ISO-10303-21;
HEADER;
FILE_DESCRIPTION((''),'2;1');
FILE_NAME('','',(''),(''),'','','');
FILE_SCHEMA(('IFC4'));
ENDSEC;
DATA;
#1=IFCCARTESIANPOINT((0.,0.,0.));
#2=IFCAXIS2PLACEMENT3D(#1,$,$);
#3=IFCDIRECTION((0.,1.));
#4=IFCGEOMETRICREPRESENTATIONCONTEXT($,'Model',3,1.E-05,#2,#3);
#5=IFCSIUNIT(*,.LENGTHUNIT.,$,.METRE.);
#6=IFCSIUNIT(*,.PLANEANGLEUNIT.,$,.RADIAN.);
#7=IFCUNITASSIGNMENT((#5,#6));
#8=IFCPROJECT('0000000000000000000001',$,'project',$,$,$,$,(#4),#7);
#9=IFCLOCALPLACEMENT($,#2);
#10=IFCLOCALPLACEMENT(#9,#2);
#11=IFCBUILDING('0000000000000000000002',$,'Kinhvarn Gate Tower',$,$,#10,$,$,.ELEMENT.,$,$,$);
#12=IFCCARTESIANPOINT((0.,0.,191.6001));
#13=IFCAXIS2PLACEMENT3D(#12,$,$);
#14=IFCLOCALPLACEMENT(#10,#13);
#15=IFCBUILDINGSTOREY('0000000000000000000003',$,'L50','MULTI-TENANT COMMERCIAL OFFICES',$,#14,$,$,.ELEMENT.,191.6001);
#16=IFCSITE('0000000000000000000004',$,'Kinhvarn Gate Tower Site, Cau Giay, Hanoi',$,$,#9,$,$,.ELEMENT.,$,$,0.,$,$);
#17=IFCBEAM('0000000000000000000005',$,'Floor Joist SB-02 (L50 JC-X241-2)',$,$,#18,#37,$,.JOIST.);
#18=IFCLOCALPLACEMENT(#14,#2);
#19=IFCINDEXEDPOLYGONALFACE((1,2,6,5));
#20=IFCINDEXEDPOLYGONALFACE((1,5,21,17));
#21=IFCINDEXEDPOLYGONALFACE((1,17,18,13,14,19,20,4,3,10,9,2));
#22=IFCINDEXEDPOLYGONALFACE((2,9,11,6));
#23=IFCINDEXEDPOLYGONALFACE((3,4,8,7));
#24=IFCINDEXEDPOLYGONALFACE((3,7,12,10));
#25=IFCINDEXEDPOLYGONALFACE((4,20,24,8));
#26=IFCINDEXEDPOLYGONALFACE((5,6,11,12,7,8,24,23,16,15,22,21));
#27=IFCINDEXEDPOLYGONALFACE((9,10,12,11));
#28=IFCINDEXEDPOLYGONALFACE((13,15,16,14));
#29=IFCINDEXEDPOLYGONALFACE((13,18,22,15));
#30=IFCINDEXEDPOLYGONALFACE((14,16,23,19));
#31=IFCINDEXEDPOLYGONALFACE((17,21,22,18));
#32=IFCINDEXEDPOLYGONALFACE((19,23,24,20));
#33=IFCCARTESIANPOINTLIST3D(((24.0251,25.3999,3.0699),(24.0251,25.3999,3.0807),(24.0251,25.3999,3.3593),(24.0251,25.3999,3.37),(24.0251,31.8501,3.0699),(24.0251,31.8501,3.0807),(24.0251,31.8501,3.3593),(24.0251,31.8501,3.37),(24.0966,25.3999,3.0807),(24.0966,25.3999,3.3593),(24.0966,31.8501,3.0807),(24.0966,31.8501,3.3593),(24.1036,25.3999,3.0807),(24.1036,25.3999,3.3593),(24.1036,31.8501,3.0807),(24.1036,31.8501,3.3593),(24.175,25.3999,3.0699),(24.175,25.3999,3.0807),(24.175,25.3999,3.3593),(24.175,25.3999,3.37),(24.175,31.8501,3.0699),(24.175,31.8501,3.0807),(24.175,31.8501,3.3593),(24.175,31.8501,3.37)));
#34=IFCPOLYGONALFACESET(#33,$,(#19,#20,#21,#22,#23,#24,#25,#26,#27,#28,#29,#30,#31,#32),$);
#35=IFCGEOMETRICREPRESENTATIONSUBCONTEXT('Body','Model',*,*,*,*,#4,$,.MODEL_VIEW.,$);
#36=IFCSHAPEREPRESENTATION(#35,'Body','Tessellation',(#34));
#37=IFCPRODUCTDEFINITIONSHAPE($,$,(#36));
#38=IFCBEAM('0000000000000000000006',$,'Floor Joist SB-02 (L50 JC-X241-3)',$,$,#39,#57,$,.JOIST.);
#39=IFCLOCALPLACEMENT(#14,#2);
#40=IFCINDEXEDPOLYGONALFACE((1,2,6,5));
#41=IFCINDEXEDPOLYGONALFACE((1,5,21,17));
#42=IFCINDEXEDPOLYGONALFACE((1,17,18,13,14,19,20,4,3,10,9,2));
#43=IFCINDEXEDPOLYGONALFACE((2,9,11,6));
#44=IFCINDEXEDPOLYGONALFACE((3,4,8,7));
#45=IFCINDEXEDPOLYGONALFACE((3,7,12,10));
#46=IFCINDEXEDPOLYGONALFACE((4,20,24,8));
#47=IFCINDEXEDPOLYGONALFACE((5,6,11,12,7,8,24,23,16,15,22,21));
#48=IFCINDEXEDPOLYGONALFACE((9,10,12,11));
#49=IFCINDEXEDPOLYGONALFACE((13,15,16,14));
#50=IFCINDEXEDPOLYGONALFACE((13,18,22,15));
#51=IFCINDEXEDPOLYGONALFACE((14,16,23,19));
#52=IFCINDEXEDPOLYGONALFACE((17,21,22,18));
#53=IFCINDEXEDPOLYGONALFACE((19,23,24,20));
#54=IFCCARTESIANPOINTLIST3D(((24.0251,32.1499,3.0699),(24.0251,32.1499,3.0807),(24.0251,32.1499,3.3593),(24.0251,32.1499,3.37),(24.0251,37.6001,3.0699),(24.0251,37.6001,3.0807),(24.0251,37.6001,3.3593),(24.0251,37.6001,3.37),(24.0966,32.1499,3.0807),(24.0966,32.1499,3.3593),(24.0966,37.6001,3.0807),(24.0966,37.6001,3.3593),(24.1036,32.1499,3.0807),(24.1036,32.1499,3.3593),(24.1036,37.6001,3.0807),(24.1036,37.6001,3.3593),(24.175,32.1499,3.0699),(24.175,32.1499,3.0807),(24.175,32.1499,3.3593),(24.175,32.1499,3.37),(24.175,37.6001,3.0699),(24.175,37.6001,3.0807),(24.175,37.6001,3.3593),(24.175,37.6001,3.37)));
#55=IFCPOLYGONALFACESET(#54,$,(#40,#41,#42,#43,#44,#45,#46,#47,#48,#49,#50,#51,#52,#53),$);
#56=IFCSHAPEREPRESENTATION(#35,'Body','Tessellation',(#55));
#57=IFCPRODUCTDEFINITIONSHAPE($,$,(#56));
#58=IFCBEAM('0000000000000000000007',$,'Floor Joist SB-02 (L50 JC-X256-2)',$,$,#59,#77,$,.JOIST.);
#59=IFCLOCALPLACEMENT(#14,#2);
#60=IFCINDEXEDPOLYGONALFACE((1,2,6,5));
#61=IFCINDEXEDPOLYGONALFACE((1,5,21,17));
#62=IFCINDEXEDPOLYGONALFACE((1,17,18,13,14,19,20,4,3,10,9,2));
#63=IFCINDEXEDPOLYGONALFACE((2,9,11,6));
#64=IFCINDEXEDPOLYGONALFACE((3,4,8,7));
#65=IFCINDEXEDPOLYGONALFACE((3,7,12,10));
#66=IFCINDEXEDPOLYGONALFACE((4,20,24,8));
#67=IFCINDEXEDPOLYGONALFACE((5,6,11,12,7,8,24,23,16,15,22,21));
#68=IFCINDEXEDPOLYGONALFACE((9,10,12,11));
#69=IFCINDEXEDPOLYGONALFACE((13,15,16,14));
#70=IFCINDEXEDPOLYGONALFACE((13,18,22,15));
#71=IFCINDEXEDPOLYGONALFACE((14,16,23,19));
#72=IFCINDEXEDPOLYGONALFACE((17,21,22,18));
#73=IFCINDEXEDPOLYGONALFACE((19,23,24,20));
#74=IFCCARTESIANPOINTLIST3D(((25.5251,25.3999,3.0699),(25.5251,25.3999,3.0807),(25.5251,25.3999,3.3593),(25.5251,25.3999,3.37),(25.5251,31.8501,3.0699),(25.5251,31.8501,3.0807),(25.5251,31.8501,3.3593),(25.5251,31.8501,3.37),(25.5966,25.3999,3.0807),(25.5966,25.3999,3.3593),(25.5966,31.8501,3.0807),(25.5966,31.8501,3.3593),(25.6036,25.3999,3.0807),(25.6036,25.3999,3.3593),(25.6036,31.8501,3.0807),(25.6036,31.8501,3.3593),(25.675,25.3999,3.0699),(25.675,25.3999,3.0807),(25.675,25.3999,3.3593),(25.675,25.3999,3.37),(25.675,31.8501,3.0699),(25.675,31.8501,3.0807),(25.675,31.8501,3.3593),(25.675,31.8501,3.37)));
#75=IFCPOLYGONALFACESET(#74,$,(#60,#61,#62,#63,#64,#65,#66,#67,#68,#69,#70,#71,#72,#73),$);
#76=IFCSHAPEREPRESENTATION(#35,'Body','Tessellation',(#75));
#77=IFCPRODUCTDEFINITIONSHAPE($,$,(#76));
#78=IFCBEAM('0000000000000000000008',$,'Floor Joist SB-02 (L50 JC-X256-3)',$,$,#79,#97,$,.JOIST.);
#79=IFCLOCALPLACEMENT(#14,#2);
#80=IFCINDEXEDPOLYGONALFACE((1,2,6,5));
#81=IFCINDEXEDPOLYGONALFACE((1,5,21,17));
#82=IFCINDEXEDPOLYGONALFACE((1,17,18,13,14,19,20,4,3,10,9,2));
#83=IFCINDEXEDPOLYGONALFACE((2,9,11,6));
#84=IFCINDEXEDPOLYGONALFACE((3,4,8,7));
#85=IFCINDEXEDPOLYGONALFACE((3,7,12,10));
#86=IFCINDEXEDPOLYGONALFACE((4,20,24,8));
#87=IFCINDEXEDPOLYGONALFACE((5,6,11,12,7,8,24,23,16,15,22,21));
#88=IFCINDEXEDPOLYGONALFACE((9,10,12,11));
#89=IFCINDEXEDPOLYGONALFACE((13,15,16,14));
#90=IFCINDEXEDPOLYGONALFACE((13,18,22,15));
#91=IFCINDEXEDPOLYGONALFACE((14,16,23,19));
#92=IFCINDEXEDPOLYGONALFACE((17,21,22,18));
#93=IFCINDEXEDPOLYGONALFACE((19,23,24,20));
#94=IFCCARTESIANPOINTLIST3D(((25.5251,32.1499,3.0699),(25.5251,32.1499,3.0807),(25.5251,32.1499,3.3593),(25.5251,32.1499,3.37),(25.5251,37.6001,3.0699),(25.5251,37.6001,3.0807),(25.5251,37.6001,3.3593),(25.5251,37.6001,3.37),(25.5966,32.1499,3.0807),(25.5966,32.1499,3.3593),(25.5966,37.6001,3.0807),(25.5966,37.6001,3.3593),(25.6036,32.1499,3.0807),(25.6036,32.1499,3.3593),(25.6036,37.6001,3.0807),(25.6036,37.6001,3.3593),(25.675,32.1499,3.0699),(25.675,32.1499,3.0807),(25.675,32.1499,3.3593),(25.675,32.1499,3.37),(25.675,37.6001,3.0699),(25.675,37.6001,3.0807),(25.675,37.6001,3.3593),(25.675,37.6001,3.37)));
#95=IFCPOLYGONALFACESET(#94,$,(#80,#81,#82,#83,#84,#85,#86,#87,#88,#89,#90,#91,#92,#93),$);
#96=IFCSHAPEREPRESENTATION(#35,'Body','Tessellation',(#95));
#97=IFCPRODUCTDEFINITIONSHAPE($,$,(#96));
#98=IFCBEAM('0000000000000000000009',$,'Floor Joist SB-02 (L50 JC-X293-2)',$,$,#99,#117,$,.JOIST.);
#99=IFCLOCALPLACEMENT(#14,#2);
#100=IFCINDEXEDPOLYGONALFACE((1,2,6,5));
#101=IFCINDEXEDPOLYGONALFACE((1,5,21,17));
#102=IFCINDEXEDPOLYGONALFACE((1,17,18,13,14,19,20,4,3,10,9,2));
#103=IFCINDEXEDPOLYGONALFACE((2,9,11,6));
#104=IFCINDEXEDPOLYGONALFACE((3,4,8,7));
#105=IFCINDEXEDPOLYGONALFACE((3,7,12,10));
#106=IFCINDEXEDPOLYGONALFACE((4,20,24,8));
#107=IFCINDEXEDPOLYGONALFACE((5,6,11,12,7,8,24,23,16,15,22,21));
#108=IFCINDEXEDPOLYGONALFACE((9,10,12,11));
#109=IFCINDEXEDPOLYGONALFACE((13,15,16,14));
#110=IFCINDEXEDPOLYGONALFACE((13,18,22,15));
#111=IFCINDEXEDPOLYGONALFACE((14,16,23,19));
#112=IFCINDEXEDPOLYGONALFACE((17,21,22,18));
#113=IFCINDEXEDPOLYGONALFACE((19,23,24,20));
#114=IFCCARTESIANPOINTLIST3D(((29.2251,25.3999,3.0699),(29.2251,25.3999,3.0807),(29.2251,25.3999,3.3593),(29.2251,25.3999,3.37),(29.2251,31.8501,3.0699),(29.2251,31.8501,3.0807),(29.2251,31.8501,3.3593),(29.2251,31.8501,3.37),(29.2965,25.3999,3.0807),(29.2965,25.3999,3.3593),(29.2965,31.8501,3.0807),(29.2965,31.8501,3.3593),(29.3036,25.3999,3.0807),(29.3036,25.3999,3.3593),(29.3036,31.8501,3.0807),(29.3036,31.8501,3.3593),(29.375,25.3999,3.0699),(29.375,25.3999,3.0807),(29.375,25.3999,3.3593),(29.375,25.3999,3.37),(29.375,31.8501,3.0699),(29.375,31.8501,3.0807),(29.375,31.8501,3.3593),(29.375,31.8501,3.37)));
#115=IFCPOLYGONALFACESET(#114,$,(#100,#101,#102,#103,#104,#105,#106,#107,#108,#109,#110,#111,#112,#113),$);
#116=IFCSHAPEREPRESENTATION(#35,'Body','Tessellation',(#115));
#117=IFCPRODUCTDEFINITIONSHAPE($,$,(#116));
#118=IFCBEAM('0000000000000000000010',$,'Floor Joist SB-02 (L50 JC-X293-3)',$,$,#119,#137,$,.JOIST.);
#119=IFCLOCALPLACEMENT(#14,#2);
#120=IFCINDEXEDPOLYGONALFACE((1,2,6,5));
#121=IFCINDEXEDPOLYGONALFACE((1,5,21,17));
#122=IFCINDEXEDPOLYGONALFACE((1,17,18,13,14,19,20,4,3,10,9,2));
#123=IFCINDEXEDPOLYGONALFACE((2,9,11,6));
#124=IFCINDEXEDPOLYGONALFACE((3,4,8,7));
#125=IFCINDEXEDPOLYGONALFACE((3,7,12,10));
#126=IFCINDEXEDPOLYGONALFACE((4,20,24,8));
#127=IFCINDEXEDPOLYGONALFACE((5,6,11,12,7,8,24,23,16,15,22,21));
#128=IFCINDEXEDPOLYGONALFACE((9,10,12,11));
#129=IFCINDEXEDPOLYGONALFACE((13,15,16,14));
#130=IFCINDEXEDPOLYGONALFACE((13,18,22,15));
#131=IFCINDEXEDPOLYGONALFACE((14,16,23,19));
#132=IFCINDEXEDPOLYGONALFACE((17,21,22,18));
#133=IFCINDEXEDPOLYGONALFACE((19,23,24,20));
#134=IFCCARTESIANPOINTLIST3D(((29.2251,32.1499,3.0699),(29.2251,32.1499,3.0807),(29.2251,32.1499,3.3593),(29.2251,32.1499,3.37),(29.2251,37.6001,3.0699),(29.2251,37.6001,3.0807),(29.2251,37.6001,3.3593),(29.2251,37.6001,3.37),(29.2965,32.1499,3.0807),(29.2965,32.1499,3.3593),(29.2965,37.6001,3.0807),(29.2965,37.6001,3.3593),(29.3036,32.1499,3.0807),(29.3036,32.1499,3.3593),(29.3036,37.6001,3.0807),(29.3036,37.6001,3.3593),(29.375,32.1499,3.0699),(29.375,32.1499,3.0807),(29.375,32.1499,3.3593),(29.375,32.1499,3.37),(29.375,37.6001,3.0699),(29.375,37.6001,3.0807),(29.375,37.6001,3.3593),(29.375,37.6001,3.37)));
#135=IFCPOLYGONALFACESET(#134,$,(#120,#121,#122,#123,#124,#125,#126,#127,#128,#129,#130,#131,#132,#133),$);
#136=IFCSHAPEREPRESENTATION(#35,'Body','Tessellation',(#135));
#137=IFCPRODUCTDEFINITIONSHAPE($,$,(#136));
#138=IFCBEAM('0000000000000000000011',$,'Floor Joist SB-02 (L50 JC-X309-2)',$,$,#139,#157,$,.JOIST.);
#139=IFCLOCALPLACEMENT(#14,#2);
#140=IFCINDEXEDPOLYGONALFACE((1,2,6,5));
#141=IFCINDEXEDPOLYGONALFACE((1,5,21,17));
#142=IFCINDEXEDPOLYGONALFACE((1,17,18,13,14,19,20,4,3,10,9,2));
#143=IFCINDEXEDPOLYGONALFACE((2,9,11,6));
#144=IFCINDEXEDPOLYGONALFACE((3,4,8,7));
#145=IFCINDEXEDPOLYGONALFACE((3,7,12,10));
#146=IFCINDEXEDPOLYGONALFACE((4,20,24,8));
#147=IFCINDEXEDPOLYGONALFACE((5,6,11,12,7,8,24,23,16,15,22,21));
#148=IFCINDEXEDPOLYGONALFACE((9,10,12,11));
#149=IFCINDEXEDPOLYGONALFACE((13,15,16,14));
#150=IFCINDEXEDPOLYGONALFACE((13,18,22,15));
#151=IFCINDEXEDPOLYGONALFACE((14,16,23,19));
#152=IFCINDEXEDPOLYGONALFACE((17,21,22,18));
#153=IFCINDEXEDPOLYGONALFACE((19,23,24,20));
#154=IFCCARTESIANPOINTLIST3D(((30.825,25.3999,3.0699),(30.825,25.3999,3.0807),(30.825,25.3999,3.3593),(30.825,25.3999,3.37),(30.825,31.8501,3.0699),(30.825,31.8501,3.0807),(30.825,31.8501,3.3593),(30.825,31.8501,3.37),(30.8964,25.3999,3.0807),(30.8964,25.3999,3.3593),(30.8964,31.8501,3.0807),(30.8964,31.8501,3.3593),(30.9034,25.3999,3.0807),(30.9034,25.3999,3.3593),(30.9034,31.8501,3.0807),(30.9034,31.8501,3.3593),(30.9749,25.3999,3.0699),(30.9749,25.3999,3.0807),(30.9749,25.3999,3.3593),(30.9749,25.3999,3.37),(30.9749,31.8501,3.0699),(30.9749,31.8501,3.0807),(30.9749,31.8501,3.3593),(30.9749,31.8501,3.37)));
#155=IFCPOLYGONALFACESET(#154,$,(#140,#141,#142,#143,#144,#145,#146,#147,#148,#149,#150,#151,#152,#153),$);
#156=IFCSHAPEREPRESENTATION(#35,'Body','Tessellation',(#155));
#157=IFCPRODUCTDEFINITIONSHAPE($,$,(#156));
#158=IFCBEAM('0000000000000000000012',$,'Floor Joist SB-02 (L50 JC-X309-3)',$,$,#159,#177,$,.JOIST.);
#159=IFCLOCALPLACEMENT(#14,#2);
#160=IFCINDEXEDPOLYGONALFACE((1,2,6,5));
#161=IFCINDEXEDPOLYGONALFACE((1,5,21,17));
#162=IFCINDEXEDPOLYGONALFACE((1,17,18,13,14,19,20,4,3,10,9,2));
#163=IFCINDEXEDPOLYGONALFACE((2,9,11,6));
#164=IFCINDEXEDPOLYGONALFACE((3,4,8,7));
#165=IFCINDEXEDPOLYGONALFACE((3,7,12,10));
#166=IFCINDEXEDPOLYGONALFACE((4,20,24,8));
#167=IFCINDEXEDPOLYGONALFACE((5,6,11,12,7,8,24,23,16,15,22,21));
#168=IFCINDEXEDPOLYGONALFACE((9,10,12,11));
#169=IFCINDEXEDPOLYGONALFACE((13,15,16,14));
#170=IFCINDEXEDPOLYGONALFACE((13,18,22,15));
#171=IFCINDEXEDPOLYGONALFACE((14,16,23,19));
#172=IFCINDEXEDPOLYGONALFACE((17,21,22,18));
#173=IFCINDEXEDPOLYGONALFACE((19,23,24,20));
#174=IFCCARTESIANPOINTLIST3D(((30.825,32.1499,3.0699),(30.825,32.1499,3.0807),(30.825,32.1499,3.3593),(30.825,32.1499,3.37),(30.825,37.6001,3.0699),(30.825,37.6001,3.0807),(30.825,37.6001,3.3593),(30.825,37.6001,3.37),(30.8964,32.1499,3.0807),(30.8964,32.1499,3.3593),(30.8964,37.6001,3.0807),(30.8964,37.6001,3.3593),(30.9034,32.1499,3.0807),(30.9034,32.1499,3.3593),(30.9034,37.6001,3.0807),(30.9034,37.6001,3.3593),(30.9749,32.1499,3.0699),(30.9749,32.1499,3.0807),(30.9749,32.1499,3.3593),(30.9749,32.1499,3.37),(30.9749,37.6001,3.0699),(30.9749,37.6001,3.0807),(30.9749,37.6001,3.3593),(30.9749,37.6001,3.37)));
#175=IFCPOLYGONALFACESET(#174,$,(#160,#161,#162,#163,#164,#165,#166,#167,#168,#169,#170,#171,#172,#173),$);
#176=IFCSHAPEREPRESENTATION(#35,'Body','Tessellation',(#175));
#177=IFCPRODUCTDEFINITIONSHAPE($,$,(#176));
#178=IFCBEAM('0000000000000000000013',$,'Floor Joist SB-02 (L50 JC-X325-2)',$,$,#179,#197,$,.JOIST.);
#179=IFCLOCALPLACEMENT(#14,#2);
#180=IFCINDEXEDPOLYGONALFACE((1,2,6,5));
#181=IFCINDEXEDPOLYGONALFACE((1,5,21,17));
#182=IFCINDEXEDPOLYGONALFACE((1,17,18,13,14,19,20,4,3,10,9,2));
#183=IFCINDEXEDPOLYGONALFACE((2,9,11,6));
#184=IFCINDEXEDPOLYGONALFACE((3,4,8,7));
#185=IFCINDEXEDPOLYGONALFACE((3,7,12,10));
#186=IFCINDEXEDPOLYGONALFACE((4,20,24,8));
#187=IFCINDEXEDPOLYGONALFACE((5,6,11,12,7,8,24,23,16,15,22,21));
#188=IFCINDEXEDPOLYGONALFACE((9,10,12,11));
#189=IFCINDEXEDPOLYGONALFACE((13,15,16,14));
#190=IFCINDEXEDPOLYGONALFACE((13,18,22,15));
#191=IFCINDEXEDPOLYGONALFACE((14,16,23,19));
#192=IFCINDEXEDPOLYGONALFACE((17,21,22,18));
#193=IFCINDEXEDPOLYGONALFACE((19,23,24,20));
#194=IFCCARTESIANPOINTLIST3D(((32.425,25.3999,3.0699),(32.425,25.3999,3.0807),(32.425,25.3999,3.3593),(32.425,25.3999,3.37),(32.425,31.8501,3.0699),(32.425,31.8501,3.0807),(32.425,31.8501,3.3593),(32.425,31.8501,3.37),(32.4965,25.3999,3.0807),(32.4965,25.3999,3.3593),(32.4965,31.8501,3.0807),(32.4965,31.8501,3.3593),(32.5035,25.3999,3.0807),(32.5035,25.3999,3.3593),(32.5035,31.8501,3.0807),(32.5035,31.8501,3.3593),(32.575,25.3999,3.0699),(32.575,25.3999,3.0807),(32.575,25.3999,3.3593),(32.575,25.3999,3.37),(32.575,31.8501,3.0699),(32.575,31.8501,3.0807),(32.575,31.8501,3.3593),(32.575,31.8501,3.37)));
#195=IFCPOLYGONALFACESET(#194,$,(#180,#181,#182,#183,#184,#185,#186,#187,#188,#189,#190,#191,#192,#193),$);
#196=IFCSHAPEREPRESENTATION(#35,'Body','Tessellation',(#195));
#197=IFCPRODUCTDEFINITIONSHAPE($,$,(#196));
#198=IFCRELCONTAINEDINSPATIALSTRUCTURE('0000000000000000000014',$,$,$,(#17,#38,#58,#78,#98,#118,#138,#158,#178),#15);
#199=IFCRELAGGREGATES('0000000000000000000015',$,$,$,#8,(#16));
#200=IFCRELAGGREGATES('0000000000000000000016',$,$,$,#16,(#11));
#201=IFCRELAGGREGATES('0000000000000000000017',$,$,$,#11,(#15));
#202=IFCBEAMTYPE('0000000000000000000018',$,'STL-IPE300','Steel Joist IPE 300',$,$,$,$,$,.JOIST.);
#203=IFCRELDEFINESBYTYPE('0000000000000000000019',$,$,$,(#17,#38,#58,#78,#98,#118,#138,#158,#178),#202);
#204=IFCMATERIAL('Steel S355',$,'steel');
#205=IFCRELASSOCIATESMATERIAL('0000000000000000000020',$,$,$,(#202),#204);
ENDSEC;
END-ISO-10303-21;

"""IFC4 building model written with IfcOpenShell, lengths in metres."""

from ifc_helpers import new_model, si_unit, direction, frame, origin, origin_2d, place, context, subcontext, project, spatial, i_section, extrude, material, material_profile, profile_set, type_object, element, save


model = new_model("IFC4")

# Units and contexts
model_context = context("Model", 3, precision=1e-05, world=origin(), true_north=direction((0.0, 1.0)))
body_context = subcontext(model_context, "Body", "Model", "MODEL_VIEW")
ifc_project = project(units=[si_unit("LENGTHUNIT", "METRE"), si_unit("PLANEANGLEUNIT", "RADIAN")], contexts=[model_context])

# Site, building, storey
site_placement = place(None, origin())
site = spatial("IfcSite", under=ifc_project, at=site_placement, Name="Kinhvarn Gate Tower Site, Cau Giay, Hanoi", CompositionType="ELEMENT", RefElevation=0.0)
building_placement = place(site_placement, origin())
building = spatial("IfcBuilding", under=site, at=building_placement, Name="Kinhvarn Gate Tower", CompositionType="ELEMENT")
storey_placement = place(building_placement, frame((0.0, 0.0, 191.6001)))
storey = spatial("IfcBuildingStorey", under=building, at=storey_placement, Name="L50", Description="MULTI-TENANT COMMERCIAL OFFICES", CompositionType="ELEMENT", Elevation=191.6001)

# Beams
ifc_material_1 = material(Name="Steel S355", Category="steel")
ifc_material_profile = material_profile(ifc_material_1, i_section(OverallWidth=0.1499, OverallDepth=0.3, WebThickness=0.0071, FlangeThickness=0.0107, at=origin_2d()), Name="IPE 300")
ifc_profile_set = profile_set([ifc_material_profile], Name="Steel S355")
beam_type = type_object("IfcBeamType", Name="STL-IPE300", Description="Steel Joist IPE 300", PredefinedType="JOIST", material=ifc_profile_set)
beam_1_placement = place(storey_placement, frame((24.1001, 25.3999, 3.22), z_axis=(0.0, 1.0, 0.0), x_axis=(-1.0, 0.0, 0.0)))
element("IfcBeam", 1, at=beam_1_placement, inside=storey, type_object=beam_type, Name="Floor Joist SB-02 (L50 JC-X241-2)", PredefinedType="JOIST", context=body_context, shape_type="SweptSolid", body=[
    extrude(i_section(OverallWidth=0.1499, OverallDepth=0.3, WebThickness=0.0071, FlangeThickness=0.0107, at=origin_2d()), origin(), (0.0, 0.0, 1.0), 6.4502),
])
beam_2_placement = place(storey_placement, frame((24.1001, 32.1499, 3.22), z_axis=(0.0, 1.0, 0.0), x_axis=(-1.0, 0.0, 0.0)))
element("IfcBeam", 2, at=beam_2_placement, inside=storey, type_object=beam_type, Name="Floor Joist SB-02 (L50 JC-X241-3)", PredefinedType="JOIST", context=body_context, shape_type="SweptSolid", body=[
    extrude(i_section(OverallWidth=0.1499, OverallDepth=0.3, WebThickness=0.0071, FlangeThickness=0.0107, at=origin_2d()), origin(), (0.0, 0.0, 1.0), 5.4502),
])
beam_3_placement = place(storey_placement, frame((25.6001, 25.3999, 3.22), z_axis=(0.0, 1.0, 0.0), x_axis=(-1.0, 0.0, 0.0)))
element("IfcBeam", 3, at=beam_3_placement, inside=storey, type_object=beam_type, Name="Floor Joist SB-02 (L50 JC-X256-2)", PredefinedType="JOIST", context=body_context, shape_type="SweptSolid", body=[
    extrude(i_section(OverallWidth=0.1499, OverallDepth=0.3, WebThickness=0.0071, FlangeThickness=0.0107, at=origin_2d()), origin(), (0.0, 0.0, 1.0), 6.4502),
])
beam_4_placement = place(storey_placement, frame((25.6001, 32.1499, 3.22), z_axis=(0.0, 1.0, 0.0), x_axis=(-1.0, 0.0, 0.0)))
element("IfcBeam", 4, at=beam_4_placement, inside=storey, type_object=beam_type, Name="Floor Joist SB-02 (L50 JC-X256-3)", PredefinedType="JOIST", context=body_context, shape_type="SweptSolid", body=[
    extrude(i_section(OverallWidth=0.1499, OverallDepth=0.3, WebThickness=0.0071, FlangeThickness=0.0107, at=origin_2d()), origin(), (0.0, 0.0, 1.0), 5.4502),
])
beam_5_placement = place(storey_placement, frame((29.3, 25.3999, 3.22), z_axis=(0.0, 1.0, 0.0), x_axis=(-1.0, 0.0, 0.0)))
element("IfcBeam", 5, at=beam_5_placement, inside=storey, type_object=beam_type, Name="Floor Joist SB-02 (L50 JC-X293-2)", PredefinedType="JOIST", context=body_context, shape_type="SweptSolid", body=[
    extrude(i_section(OverallWidth=0.1499, OverallDepth=0.3, WebThickness=0.0071, FlangeThickness=0.0107, at=origin_2d()), origin(), (0.0, 0.0, 1.0), 6.4502),
])
beam_6_placement = place(storey_placement, frame((29.3, 32.1499, 3.22), z_axis=(0.0, 1.0, 0.0), x_axis=(-1.0, 0.0, 0.0)))
element("IfcBeam", 6, at=beam_6_placement, inside=storey, type_object=beam_type, Name="Floor Joist SB-02 (L50 JC-X293-3)", PredefinedType="JOIST", context=body_context, shape_type="SweptSolid", body=[
    extrude(i_section(OverallWidth=0.1499, OverallDepth=0.3, WebThickness=0.0071, FlangeThickness=0.0107, at=origin_2d()), origin(), (0.0, 0.0, 1.0), 5.4502),
])
beam_7_placement = place(storey_placement, frame((30.8999, 25.3999, 3.22), z_axis=(0.0, 1.0, 0.0), x_axis=(-1.0, 0.0, 0.0)))
element("IfcBeam", 7, at=beam_7_placement, inside=storey, type_object=beam_type, Name="Floor Joist SB-02 (L50 JC-X309-2)", PredefinedType="JOIST", context=body_context, shape_type="SweptSolid", body=[
    extrude(i_section(OverallWidth=0.1499, OverallDepth=0.3, WebThickness=0.0071, FlangeThickness=0.0107, at=origin_2d()), origin(), (0.0, 0.0, 1.0), 6.4502),
])
beam_8_placement = place(storey_placement, frame((30.8999, 32.1499, 3.22), z_axis=(0.0, 1.0, 0.0), x_axis=(-1.0, 0.0, 0.0)))
element("IfcBeam", 8, at=beam_8_placement, inside=storey, type_object=beam_type, Name="Floor Joist SB-02 (L50 JC-X309-3)", PredefinedType="JOIST", context=body_context, shape_type="SweptSolid", body=[
    extrude(i_section(OverallWidth=0.1499, OverallDepth=0.3, WebThickness=0.0071, FlangeThickness=0.0107, at=origin_2d()), origin(), (0.0, 0.0, 1.0), 5.4502),
])
beam_9_placement = place(storey_placement, frame((32.5, 25.3999, 3.22), z_axis=(0.0, 1.0, 0.0), x_axis=(-1.0, 0.0, 0.0)))
element("IfcBeam", 9, at=beam_9_placement, inside=storey, type_object=beam_type, Name="Floor Joist SB-02 (L50 JC-X325-2)", PredefinedType="JOIST", context=body_context, shape_type="SweptSolid", body=[
    extrude(i_section(OverallWidth=0.1499, OverallDepth=0.3, WebThickness=0.0071, FlangeThickness=0.0107, at=origin_2d()), origin(), (0.0, 0.0, 1.0), 6.4502),
])

save(model, "model.ifc")
